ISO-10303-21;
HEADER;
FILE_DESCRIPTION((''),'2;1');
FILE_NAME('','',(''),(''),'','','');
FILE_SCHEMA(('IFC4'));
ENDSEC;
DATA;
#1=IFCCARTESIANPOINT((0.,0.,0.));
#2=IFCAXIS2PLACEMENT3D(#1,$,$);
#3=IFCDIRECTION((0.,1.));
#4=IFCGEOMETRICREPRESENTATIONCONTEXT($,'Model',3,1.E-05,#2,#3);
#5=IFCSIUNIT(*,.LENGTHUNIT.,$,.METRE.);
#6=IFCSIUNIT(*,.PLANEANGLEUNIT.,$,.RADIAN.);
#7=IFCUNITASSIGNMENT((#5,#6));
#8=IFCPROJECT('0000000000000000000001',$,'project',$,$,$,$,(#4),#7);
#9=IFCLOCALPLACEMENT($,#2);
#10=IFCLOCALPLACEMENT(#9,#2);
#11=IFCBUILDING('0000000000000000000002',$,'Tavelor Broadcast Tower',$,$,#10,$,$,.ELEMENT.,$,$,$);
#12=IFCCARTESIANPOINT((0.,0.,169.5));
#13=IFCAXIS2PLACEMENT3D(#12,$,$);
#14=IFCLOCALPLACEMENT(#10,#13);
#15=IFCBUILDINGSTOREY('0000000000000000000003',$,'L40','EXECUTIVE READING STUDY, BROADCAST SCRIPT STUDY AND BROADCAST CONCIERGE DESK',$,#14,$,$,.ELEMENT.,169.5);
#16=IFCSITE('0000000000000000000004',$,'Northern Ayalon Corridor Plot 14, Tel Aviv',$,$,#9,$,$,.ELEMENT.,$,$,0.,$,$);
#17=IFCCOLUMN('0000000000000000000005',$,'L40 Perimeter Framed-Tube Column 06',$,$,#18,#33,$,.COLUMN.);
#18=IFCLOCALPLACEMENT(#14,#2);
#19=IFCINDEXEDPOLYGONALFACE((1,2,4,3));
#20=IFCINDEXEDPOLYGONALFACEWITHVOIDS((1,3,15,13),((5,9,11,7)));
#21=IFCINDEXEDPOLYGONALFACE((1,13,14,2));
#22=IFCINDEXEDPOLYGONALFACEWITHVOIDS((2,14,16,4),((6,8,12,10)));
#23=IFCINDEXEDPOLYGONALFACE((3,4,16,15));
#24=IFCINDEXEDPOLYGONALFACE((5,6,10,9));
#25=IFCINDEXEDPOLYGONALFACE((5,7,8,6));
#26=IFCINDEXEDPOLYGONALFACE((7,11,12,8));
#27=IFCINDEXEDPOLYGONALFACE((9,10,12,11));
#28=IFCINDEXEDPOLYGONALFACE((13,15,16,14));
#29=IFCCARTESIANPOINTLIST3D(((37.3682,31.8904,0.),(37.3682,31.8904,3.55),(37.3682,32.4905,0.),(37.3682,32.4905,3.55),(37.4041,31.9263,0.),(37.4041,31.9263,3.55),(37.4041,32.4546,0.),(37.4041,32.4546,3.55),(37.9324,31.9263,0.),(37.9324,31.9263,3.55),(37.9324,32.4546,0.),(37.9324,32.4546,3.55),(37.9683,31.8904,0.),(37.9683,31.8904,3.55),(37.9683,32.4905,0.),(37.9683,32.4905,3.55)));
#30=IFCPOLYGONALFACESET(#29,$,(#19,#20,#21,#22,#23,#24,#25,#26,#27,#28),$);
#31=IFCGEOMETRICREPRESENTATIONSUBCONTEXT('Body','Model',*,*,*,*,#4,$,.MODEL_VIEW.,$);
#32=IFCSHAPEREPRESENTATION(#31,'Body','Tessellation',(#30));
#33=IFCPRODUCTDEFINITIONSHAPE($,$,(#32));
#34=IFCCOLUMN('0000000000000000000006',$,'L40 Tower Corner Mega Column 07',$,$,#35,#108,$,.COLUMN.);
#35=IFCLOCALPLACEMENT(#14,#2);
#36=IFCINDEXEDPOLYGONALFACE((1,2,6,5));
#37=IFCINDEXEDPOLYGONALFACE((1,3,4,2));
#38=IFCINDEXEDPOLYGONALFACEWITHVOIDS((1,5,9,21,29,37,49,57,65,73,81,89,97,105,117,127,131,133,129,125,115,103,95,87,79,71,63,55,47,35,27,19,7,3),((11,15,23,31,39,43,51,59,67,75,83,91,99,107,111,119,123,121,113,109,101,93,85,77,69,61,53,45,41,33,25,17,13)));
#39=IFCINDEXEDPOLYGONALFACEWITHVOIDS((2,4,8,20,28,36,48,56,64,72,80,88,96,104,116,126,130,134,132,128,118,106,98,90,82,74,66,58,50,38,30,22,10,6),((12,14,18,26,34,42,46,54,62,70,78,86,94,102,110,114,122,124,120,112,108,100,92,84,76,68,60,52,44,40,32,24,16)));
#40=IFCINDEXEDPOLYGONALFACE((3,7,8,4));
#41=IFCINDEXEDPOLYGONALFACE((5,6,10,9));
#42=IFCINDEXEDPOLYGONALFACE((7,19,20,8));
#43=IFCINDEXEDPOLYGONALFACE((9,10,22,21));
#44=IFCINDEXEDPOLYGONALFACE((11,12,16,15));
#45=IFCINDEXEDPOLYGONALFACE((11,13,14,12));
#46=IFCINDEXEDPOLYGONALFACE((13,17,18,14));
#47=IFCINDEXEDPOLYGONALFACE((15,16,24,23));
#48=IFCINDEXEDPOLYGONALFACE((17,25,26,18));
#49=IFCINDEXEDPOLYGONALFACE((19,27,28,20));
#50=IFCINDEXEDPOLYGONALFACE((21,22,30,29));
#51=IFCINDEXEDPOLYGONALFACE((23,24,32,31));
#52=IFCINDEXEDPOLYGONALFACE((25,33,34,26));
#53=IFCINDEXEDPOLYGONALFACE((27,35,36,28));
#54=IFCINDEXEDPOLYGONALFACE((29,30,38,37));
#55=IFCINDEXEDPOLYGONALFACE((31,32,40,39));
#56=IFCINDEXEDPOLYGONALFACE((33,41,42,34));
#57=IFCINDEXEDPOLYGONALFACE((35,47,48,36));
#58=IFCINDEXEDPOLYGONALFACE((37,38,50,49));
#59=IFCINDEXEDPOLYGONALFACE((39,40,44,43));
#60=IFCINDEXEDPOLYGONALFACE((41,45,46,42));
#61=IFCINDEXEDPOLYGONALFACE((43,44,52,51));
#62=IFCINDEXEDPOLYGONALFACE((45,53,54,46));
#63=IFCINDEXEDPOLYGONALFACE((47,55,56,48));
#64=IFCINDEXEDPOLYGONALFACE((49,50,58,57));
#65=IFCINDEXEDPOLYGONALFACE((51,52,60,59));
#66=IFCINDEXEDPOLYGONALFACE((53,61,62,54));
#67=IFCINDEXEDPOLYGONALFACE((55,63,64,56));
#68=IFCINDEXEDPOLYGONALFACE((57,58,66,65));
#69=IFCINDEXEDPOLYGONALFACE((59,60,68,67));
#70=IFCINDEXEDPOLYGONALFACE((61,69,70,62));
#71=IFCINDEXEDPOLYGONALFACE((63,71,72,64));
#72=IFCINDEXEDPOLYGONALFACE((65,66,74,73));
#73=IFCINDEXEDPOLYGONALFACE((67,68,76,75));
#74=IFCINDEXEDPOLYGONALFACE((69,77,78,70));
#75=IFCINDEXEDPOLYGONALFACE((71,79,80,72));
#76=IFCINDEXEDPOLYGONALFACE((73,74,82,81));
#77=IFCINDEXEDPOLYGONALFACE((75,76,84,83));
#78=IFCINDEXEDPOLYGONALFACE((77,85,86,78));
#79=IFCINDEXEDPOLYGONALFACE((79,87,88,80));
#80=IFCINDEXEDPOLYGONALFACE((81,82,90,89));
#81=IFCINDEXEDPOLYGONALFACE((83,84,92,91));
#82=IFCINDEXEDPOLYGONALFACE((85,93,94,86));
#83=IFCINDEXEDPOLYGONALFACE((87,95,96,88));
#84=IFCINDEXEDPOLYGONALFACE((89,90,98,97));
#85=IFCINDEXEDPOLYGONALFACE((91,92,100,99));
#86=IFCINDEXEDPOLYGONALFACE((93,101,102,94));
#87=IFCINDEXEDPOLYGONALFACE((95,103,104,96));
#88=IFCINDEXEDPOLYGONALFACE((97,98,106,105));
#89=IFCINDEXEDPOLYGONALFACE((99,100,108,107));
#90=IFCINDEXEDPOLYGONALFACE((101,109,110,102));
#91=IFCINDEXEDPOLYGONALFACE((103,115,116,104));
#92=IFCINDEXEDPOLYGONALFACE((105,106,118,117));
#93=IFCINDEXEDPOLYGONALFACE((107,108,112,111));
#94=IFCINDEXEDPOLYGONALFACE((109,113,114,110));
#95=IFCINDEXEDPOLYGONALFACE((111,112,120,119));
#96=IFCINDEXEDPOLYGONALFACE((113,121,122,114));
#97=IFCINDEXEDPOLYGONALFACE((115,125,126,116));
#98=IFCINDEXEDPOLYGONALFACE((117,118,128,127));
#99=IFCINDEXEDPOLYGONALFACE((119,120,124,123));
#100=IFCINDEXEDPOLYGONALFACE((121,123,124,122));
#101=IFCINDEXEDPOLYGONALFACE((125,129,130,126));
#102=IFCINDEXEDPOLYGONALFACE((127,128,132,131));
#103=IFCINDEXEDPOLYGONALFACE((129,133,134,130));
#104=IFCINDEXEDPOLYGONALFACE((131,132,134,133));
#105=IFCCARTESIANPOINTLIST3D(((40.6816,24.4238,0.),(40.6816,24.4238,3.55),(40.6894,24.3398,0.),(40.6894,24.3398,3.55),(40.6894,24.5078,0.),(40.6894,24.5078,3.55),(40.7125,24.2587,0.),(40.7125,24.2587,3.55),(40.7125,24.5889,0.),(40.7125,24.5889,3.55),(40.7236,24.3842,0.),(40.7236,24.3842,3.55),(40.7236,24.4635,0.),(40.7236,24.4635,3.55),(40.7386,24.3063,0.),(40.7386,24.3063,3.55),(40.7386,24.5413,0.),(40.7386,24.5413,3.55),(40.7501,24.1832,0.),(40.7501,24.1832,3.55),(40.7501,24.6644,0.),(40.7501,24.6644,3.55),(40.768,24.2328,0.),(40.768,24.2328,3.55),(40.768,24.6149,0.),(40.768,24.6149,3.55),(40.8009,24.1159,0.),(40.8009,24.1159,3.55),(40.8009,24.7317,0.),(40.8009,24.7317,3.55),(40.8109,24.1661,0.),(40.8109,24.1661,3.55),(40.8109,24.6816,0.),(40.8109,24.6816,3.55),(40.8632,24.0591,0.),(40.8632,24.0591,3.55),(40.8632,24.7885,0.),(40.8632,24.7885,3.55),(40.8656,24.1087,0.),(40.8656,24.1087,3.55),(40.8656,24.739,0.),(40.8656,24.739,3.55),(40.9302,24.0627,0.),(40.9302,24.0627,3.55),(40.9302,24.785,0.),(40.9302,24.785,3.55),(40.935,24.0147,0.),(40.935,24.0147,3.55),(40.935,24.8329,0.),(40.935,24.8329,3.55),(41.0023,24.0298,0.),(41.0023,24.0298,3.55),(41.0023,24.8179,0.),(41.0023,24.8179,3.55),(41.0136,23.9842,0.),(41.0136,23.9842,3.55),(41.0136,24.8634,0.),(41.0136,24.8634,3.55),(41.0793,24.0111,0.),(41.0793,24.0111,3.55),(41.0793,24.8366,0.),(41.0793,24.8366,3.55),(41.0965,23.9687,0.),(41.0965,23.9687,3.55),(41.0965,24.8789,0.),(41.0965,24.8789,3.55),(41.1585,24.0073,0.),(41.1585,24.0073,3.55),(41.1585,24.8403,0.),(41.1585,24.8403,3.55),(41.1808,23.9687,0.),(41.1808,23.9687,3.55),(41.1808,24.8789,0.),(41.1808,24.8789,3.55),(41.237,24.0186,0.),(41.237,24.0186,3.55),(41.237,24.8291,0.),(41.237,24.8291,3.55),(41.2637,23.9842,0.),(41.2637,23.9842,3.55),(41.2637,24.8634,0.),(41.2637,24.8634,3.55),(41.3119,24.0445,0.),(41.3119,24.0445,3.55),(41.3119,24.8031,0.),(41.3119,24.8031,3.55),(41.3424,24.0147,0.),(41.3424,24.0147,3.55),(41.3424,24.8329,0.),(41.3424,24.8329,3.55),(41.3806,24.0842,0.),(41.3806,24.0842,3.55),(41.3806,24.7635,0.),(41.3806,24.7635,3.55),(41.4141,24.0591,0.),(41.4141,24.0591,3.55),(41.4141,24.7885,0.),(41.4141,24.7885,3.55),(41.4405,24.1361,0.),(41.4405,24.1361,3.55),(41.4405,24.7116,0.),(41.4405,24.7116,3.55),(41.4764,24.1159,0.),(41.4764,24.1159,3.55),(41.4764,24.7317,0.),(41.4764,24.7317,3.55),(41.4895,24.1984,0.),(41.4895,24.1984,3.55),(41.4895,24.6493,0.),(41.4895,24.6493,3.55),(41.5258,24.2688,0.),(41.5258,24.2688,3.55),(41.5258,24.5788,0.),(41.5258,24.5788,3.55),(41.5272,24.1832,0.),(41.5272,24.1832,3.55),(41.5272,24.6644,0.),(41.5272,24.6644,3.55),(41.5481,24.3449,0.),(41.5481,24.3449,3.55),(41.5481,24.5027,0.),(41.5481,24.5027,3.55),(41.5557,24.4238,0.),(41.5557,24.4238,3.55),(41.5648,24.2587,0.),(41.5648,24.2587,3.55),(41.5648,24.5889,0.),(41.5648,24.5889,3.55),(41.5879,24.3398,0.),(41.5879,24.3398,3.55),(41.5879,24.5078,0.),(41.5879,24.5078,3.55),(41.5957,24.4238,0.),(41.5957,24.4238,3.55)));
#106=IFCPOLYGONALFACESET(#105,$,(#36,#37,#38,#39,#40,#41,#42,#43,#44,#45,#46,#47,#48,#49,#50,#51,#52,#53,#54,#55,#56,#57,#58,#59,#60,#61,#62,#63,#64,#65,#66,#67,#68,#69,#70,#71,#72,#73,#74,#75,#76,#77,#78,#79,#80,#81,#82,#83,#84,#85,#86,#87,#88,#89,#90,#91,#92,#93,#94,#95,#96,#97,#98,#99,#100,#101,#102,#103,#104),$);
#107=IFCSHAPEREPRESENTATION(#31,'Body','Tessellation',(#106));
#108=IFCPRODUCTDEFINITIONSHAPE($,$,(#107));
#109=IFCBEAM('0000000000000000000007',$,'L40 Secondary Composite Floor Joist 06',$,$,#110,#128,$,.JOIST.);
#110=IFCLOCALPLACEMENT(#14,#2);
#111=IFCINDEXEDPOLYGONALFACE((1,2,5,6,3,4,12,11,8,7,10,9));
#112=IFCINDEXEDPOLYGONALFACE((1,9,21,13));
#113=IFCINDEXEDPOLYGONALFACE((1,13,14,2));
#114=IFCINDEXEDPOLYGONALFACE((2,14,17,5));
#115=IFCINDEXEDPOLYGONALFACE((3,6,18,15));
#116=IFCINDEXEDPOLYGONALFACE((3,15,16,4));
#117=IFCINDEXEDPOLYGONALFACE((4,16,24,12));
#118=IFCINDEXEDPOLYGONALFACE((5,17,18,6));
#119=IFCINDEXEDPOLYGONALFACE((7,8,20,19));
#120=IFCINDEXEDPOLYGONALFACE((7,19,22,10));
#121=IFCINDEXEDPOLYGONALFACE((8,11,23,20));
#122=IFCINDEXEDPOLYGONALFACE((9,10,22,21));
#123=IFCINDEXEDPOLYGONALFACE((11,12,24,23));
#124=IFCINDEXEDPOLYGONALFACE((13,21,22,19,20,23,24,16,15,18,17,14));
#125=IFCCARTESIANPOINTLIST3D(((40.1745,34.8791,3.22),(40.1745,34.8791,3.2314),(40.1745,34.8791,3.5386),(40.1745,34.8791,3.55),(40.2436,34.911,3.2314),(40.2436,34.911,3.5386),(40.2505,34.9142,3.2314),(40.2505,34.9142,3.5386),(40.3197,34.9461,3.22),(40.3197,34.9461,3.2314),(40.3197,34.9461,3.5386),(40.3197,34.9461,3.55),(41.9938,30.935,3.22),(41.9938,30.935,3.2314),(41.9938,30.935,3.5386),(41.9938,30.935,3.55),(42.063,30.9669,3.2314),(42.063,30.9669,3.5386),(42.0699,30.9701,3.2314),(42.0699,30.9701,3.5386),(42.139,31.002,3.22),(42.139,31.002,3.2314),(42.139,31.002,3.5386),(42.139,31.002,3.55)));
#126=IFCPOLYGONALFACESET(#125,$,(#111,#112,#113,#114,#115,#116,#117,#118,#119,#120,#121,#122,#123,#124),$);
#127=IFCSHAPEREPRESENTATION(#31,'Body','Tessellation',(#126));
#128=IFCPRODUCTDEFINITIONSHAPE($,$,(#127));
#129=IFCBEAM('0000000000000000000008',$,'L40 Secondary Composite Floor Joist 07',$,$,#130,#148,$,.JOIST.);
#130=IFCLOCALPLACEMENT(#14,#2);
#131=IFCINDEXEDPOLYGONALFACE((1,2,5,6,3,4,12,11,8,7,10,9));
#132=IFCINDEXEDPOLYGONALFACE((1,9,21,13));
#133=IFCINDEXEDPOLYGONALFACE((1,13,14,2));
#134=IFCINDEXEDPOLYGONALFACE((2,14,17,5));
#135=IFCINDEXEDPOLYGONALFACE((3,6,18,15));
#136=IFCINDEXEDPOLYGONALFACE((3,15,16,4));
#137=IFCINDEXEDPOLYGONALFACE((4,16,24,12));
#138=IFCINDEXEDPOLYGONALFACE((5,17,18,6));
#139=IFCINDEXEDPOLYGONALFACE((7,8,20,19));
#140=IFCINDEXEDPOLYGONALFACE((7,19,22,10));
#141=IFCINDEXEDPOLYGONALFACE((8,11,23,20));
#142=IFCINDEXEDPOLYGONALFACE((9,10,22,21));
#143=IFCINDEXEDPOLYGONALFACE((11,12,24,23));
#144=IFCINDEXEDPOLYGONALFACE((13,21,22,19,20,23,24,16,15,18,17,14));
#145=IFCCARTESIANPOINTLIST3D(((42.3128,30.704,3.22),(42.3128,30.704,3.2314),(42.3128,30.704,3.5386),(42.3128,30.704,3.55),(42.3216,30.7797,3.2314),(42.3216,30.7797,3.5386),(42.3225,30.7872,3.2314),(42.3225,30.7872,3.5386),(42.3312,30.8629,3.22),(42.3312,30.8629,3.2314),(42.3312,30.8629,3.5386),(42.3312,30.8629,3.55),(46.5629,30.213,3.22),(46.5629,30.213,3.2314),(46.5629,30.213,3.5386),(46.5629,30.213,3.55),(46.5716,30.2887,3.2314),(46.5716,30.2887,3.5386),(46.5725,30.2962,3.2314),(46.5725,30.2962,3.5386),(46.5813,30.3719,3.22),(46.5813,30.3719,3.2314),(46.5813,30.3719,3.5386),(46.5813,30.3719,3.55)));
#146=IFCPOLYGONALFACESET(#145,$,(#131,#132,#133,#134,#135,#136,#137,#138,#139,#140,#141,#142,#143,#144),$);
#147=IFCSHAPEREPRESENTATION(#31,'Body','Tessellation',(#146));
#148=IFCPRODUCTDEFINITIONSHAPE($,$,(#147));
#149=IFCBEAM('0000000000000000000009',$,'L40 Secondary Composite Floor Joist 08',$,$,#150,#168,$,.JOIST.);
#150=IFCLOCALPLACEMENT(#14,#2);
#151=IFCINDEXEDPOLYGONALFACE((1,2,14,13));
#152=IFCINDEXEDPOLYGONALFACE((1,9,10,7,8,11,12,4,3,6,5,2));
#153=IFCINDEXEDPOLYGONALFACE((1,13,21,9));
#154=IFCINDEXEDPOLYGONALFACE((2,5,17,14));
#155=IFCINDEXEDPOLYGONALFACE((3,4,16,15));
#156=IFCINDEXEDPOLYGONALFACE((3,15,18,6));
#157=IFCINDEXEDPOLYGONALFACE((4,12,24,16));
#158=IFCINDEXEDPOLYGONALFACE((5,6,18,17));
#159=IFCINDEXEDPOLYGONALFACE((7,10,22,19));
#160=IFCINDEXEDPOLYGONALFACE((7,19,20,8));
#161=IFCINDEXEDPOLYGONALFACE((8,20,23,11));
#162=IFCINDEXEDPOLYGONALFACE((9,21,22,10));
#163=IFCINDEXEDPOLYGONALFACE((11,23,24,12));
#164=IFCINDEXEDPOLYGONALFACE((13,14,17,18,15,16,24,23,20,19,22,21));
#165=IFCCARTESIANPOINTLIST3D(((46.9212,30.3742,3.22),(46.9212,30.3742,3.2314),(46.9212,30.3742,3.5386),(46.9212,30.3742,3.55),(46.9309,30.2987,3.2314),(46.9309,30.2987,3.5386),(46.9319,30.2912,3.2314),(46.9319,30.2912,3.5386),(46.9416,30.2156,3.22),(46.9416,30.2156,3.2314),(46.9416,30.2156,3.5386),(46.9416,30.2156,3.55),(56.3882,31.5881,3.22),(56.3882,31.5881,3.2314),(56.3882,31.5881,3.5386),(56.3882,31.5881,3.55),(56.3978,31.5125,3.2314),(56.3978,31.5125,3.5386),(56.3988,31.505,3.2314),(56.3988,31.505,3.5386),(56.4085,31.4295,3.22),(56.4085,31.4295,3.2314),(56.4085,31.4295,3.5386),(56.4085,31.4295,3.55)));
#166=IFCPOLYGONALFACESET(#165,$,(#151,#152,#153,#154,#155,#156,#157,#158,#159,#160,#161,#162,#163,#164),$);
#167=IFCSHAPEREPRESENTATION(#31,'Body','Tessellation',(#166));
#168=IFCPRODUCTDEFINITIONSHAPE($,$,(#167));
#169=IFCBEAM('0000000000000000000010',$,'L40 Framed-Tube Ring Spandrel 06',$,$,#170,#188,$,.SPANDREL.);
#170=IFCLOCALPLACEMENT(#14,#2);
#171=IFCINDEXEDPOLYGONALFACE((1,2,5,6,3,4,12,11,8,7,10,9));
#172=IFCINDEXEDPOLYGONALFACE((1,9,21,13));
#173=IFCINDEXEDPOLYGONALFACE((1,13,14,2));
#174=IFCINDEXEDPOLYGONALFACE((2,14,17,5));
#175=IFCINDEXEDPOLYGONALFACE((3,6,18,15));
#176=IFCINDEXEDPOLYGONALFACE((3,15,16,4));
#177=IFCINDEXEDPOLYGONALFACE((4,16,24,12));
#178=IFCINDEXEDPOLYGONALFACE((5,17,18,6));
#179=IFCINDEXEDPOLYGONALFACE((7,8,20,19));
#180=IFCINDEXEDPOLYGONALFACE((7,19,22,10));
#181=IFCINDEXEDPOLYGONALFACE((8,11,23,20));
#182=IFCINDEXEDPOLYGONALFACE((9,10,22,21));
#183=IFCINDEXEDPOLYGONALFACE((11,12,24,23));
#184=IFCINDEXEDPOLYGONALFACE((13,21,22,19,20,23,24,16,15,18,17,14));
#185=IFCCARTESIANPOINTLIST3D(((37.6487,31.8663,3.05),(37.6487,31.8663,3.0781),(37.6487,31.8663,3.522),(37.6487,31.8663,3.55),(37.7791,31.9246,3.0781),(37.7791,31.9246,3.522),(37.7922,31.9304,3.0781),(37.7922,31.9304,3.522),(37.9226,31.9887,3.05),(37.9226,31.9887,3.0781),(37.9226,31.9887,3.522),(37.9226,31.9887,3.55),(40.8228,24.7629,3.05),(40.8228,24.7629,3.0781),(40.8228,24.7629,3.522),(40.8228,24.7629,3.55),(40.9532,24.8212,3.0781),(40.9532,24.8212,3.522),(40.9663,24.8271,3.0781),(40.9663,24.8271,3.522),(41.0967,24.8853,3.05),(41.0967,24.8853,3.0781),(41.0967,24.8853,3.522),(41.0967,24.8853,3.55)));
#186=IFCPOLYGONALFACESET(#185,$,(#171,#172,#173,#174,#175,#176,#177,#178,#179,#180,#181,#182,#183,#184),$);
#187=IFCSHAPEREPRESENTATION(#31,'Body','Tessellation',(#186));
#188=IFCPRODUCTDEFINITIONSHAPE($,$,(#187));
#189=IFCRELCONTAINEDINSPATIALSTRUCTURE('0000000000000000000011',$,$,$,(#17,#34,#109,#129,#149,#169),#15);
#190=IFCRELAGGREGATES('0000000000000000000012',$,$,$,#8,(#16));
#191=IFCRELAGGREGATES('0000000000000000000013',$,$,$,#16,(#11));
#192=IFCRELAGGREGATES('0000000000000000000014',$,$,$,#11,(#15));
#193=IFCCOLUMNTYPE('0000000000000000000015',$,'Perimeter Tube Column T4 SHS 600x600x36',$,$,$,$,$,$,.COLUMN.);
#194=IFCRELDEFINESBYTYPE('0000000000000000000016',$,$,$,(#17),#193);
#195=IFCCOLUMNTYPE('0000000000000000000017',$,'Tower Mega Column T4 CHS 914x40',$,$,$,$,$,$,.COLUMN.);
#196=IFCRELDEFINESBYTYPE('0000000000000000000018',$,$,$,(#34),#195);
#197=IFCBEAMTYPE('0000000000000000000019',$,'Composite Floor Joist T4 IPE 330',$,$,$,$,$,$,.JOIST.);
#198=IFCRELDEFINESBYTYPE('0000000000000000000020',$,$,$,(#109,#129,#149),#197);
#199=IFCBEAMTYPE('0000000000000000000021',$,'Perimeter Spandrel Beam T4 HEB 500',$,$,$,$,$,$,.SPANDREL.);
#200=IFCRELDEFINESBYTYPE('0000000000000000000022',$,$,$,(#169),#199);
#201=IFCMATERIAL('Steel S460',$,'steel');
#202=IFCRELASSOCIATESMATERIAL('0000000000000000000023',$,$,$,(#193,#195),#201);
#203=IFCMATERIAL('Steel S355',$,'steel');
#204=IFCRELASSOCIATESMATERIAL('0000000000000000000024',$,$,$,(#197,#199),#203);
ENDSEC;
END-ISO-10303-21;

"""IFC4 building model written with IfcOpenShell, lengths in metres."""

from ifc_helpers import new_model, si_unit, direction, frame, origin, origin_2d, place, context, subcontext, project, spatial, hollow_rectangle, hollow_circle, i_section, extrude, material, material_profile, profile_set, type_object, element, save


model = new_model("IFC4")

# Units and contexts
model_context = context("Model", 3, precision=1e-05, world=origin(), true_north=direction((0.0, 1.0)))
body_context = subcontext(model_context, "Body", "Model", "MODEL_VIEW")
ifc_project = project(units=[si_unit("LENGTHUNIT", "METRE"), si_unit("PLANEANGLEUNIT", "RADIAN")], contexts=[model_context])

# Site, building, storey
site_placement = place(None, origin())
site = spatial("IfcSite", under=ifc_project, at=site_placement, Name="Northern Ayalon Corridor Plot 14, Tel Aviv", CompositionType="ELEMENT", RefElevation=0.0)
building_placement = place(site_placement, origin())
building = spatial("IfcBuilding", under=site, at=building_placement, Name="Tavelor Broadcast Tower", CompositionType="ELEMENT")
storey_placement = place(building_placement, frame((0.0, 0.0, 169.5)))
storey = spatial("IfcBuildingStorey", under=building, at=storey_placement, Name="L40", Description="EXECUTIVE READING STUDY, BROADCAST SCRIPT STUDY AND BROADCAST CONCIERGE DESK", CompositionType="ELEMENT", Elevation=169.5)

# Columns
ifc_material_1 = material(Name="Steel S460", Category="steel")
ifc_material_profile_1 = material_profile(ifc_material_1, hollow_rectangle(XDim=0.6001, YDim=0.6001, WallThickness=0.0359, at=origin_2d()), Name="SHS 600x600x36")
ifc_profile_set_1 = profile_set([ifc_material_profile_1], Name="Steel S460")
column_type_1 = type_object("IfcColumnType", Name="Perimeter Tube Column T4 SHS 600x600x36", PredefinedType="COLUMN", material=ifc_profile_set_1)
column_1_placement = place(storey_placement, frame((37.6682, 32.1904, 0.0), z_axis=(0.0, 0.0, 1.0), x_axis=(1.0, 0.0, 0.0)))
element("IfcColumn", 1, at=column_1_placement, inside=storey, type_object=column_type_1, Name="L40 Perimeter Framed-Tube Column 06", PredefinedType="COLUMN", context=body_context, shape_type="SweptSolid", body=[
    extrude(hollow_rectangle(XDim=0.6001, YDim=0.6001, WallThickness=0.0359, at=origin_2d()), origin(), (0.0, 0.0, 1.0), 3.55),
])
ifc_material_profile_2 = material_profile(ifc_material_1, hollow_circle(Radius=0.457, WallThickness=0.04, at=origin_2d()), Name="CHS 914x40")
ifc_profile_set_2 = profile_set([ifc_material_profile_2], Name="Steel S460")
column_type_2 = type_object("IfcColumnType", Name="Tower Mega Column T4 CHS 914x40", PredefinedType="COLUMN", material=ifc_profile_set_2)
column_2_placement = place(storey_placement, frame((41.1387, 24.4238, 0.0), z_axis=(0.0, 0.0, 1.0), x_axis=(1.0, 0.0, 0.0)))
element("IfcColumn", 2, at=column_2_placement, inside=storey, type_object=column_type_2, Name="L40 Tower Corner Mega Column 07", PredefinedType="COLUMN", context=body_context, shape_type="SweptSolid", body=[
    extrude(hollow_circle(Radius=0.457, WallThickness=0.04, at=origin_2d()), origin(), (0.0, 0.0, 1.0), 3.55),
])

# Beams
ifc_material_2 = material(Name="Steel S355", Category="steel")
ifc_material_profile_3 = material_profile(ifc_material_2, i_section(OverallWidth=0.1599, OverallDepth=0.3301, WebThickness=0.0076, FlangeThickness=0.0115, at=origin_2d()), Name="IPE 330")
ifc_profile_set_3 = profile_set([ifc_material_profile_3], Name="Steel S355")
beam_type_1 = type_object("IfcBeamType", Name="Composite Floor Joist T4 IPE 330", PredefinedType="JOIST", material=ifc_profile_set_3)
beam_1_placement = place(storey_placement, frame((40.2471, 34.9126, 3.385), z_axis=(0.418866, -0.908048, 0.0), x_axis=(0.908048, 0.418866, 0.0)))
element("IfcBeam", 3, at=beam_1_placement, inside=storey, type_object=beam_type_1, Name="L40 Secondary Composite Floor Joist 06", PredefinedType="JOIST", context=body_context, shape_type="SweptSolid", body=[
    extrude(i_section(OverallWidth=0.1599, OverallDepth=0.3301, WebThickness=0.0076, FlangeThickness=0.0115, at=origin_2d()), origin(), (0.0, 0.0, 1.0), 4.3435),
])
beam_2_placement = place(storey_placement, frame((42.322, 30.7834, 3.385), z_axis=(0.993393, -0.114758, 0.0), x_axis=(0.114758, 0.993393, 0.0)))
element("IfcBeam", 4, at=beam_2_placement, inside=storey, type_object=beam_type_1, Name="L40 Secondary Composite Floor Joist 07", PredefinedType="JOIST", context=body_context, shape_type="SweptSolid", body=[
    extrude(i_section(OverallWidth=0.1599, OverallDepth=0.3301, WebThickness=0.0076, FlangeThickness=0.0115, at=origin_2d()), origin(), (0.0, 0.0, 1.0), 4.2783),
])
beam_3_placement = place(storey_placement, frame((46.9314, 30.2949, 3.385), z_axis=(0.99188, 0.127179, 0.0), x_axis=(-0.127179, 0.99188, 0.0)))
element("IfcBeam", 5, at=beam_3_placement, inside=storey, type_object=beam_type_1, Name="L40 Secondary Composite Floor Joist 08", PredefinedType="JOIST", context=body_context, shape_type="SweptSolid", body=[
    extrude(i_section(OverallWidth=0.1599, OverallDepth=0.3301, WebThickness=0.0076, FlangeThickness=0.0115, at=origin_2d()), origin(), (0.0, 0.0, 1.0), 9.5444),
])
ifc_material_profile_4 = material_profile(ifc_material_2, i_section(OverallWidth=0.3, OverallDepth=0.5, WebThickness=0.0144, FlangeThickness=0.0281, at=origin_2d()), Name="HEB 500")
ifc_profile_set_4 = profile_set([ifc_material_profile_4], Name="Steel S355")
beam_type_2 = type_object("IfcBeamType", Name="Perimeter Spandrel Beam T4 HEB 500", PredefinedType="SPANDREL", material=ifc_profile_set_4)
beam_4_placement = place(storey_placement, frame((37.7856, 31.9275, 3.3), z_axis=(0.407969, -0.912996, 0.0), x_axis=(0.912996, 0.407969, 0.0)))
element("IfcBeam", 6, at=beam_4_placement, inside=storey, type_object=beam_type_2, Name="L40 Framed-Tube Ring Spandrel 06", PredefinedType="SPANDREL", context=body_context, shape_type="SweptSolid", body=[
    extrude(i_section(OverallWidth=0.3, OverallDepth=0.5, WebThickness=0.0144, FlangeThickness=0.0281, at=origin_2d()), origin(), (0.0, 0.0, 1.0), 7.7803),
])

save(model, "model.ifc")
